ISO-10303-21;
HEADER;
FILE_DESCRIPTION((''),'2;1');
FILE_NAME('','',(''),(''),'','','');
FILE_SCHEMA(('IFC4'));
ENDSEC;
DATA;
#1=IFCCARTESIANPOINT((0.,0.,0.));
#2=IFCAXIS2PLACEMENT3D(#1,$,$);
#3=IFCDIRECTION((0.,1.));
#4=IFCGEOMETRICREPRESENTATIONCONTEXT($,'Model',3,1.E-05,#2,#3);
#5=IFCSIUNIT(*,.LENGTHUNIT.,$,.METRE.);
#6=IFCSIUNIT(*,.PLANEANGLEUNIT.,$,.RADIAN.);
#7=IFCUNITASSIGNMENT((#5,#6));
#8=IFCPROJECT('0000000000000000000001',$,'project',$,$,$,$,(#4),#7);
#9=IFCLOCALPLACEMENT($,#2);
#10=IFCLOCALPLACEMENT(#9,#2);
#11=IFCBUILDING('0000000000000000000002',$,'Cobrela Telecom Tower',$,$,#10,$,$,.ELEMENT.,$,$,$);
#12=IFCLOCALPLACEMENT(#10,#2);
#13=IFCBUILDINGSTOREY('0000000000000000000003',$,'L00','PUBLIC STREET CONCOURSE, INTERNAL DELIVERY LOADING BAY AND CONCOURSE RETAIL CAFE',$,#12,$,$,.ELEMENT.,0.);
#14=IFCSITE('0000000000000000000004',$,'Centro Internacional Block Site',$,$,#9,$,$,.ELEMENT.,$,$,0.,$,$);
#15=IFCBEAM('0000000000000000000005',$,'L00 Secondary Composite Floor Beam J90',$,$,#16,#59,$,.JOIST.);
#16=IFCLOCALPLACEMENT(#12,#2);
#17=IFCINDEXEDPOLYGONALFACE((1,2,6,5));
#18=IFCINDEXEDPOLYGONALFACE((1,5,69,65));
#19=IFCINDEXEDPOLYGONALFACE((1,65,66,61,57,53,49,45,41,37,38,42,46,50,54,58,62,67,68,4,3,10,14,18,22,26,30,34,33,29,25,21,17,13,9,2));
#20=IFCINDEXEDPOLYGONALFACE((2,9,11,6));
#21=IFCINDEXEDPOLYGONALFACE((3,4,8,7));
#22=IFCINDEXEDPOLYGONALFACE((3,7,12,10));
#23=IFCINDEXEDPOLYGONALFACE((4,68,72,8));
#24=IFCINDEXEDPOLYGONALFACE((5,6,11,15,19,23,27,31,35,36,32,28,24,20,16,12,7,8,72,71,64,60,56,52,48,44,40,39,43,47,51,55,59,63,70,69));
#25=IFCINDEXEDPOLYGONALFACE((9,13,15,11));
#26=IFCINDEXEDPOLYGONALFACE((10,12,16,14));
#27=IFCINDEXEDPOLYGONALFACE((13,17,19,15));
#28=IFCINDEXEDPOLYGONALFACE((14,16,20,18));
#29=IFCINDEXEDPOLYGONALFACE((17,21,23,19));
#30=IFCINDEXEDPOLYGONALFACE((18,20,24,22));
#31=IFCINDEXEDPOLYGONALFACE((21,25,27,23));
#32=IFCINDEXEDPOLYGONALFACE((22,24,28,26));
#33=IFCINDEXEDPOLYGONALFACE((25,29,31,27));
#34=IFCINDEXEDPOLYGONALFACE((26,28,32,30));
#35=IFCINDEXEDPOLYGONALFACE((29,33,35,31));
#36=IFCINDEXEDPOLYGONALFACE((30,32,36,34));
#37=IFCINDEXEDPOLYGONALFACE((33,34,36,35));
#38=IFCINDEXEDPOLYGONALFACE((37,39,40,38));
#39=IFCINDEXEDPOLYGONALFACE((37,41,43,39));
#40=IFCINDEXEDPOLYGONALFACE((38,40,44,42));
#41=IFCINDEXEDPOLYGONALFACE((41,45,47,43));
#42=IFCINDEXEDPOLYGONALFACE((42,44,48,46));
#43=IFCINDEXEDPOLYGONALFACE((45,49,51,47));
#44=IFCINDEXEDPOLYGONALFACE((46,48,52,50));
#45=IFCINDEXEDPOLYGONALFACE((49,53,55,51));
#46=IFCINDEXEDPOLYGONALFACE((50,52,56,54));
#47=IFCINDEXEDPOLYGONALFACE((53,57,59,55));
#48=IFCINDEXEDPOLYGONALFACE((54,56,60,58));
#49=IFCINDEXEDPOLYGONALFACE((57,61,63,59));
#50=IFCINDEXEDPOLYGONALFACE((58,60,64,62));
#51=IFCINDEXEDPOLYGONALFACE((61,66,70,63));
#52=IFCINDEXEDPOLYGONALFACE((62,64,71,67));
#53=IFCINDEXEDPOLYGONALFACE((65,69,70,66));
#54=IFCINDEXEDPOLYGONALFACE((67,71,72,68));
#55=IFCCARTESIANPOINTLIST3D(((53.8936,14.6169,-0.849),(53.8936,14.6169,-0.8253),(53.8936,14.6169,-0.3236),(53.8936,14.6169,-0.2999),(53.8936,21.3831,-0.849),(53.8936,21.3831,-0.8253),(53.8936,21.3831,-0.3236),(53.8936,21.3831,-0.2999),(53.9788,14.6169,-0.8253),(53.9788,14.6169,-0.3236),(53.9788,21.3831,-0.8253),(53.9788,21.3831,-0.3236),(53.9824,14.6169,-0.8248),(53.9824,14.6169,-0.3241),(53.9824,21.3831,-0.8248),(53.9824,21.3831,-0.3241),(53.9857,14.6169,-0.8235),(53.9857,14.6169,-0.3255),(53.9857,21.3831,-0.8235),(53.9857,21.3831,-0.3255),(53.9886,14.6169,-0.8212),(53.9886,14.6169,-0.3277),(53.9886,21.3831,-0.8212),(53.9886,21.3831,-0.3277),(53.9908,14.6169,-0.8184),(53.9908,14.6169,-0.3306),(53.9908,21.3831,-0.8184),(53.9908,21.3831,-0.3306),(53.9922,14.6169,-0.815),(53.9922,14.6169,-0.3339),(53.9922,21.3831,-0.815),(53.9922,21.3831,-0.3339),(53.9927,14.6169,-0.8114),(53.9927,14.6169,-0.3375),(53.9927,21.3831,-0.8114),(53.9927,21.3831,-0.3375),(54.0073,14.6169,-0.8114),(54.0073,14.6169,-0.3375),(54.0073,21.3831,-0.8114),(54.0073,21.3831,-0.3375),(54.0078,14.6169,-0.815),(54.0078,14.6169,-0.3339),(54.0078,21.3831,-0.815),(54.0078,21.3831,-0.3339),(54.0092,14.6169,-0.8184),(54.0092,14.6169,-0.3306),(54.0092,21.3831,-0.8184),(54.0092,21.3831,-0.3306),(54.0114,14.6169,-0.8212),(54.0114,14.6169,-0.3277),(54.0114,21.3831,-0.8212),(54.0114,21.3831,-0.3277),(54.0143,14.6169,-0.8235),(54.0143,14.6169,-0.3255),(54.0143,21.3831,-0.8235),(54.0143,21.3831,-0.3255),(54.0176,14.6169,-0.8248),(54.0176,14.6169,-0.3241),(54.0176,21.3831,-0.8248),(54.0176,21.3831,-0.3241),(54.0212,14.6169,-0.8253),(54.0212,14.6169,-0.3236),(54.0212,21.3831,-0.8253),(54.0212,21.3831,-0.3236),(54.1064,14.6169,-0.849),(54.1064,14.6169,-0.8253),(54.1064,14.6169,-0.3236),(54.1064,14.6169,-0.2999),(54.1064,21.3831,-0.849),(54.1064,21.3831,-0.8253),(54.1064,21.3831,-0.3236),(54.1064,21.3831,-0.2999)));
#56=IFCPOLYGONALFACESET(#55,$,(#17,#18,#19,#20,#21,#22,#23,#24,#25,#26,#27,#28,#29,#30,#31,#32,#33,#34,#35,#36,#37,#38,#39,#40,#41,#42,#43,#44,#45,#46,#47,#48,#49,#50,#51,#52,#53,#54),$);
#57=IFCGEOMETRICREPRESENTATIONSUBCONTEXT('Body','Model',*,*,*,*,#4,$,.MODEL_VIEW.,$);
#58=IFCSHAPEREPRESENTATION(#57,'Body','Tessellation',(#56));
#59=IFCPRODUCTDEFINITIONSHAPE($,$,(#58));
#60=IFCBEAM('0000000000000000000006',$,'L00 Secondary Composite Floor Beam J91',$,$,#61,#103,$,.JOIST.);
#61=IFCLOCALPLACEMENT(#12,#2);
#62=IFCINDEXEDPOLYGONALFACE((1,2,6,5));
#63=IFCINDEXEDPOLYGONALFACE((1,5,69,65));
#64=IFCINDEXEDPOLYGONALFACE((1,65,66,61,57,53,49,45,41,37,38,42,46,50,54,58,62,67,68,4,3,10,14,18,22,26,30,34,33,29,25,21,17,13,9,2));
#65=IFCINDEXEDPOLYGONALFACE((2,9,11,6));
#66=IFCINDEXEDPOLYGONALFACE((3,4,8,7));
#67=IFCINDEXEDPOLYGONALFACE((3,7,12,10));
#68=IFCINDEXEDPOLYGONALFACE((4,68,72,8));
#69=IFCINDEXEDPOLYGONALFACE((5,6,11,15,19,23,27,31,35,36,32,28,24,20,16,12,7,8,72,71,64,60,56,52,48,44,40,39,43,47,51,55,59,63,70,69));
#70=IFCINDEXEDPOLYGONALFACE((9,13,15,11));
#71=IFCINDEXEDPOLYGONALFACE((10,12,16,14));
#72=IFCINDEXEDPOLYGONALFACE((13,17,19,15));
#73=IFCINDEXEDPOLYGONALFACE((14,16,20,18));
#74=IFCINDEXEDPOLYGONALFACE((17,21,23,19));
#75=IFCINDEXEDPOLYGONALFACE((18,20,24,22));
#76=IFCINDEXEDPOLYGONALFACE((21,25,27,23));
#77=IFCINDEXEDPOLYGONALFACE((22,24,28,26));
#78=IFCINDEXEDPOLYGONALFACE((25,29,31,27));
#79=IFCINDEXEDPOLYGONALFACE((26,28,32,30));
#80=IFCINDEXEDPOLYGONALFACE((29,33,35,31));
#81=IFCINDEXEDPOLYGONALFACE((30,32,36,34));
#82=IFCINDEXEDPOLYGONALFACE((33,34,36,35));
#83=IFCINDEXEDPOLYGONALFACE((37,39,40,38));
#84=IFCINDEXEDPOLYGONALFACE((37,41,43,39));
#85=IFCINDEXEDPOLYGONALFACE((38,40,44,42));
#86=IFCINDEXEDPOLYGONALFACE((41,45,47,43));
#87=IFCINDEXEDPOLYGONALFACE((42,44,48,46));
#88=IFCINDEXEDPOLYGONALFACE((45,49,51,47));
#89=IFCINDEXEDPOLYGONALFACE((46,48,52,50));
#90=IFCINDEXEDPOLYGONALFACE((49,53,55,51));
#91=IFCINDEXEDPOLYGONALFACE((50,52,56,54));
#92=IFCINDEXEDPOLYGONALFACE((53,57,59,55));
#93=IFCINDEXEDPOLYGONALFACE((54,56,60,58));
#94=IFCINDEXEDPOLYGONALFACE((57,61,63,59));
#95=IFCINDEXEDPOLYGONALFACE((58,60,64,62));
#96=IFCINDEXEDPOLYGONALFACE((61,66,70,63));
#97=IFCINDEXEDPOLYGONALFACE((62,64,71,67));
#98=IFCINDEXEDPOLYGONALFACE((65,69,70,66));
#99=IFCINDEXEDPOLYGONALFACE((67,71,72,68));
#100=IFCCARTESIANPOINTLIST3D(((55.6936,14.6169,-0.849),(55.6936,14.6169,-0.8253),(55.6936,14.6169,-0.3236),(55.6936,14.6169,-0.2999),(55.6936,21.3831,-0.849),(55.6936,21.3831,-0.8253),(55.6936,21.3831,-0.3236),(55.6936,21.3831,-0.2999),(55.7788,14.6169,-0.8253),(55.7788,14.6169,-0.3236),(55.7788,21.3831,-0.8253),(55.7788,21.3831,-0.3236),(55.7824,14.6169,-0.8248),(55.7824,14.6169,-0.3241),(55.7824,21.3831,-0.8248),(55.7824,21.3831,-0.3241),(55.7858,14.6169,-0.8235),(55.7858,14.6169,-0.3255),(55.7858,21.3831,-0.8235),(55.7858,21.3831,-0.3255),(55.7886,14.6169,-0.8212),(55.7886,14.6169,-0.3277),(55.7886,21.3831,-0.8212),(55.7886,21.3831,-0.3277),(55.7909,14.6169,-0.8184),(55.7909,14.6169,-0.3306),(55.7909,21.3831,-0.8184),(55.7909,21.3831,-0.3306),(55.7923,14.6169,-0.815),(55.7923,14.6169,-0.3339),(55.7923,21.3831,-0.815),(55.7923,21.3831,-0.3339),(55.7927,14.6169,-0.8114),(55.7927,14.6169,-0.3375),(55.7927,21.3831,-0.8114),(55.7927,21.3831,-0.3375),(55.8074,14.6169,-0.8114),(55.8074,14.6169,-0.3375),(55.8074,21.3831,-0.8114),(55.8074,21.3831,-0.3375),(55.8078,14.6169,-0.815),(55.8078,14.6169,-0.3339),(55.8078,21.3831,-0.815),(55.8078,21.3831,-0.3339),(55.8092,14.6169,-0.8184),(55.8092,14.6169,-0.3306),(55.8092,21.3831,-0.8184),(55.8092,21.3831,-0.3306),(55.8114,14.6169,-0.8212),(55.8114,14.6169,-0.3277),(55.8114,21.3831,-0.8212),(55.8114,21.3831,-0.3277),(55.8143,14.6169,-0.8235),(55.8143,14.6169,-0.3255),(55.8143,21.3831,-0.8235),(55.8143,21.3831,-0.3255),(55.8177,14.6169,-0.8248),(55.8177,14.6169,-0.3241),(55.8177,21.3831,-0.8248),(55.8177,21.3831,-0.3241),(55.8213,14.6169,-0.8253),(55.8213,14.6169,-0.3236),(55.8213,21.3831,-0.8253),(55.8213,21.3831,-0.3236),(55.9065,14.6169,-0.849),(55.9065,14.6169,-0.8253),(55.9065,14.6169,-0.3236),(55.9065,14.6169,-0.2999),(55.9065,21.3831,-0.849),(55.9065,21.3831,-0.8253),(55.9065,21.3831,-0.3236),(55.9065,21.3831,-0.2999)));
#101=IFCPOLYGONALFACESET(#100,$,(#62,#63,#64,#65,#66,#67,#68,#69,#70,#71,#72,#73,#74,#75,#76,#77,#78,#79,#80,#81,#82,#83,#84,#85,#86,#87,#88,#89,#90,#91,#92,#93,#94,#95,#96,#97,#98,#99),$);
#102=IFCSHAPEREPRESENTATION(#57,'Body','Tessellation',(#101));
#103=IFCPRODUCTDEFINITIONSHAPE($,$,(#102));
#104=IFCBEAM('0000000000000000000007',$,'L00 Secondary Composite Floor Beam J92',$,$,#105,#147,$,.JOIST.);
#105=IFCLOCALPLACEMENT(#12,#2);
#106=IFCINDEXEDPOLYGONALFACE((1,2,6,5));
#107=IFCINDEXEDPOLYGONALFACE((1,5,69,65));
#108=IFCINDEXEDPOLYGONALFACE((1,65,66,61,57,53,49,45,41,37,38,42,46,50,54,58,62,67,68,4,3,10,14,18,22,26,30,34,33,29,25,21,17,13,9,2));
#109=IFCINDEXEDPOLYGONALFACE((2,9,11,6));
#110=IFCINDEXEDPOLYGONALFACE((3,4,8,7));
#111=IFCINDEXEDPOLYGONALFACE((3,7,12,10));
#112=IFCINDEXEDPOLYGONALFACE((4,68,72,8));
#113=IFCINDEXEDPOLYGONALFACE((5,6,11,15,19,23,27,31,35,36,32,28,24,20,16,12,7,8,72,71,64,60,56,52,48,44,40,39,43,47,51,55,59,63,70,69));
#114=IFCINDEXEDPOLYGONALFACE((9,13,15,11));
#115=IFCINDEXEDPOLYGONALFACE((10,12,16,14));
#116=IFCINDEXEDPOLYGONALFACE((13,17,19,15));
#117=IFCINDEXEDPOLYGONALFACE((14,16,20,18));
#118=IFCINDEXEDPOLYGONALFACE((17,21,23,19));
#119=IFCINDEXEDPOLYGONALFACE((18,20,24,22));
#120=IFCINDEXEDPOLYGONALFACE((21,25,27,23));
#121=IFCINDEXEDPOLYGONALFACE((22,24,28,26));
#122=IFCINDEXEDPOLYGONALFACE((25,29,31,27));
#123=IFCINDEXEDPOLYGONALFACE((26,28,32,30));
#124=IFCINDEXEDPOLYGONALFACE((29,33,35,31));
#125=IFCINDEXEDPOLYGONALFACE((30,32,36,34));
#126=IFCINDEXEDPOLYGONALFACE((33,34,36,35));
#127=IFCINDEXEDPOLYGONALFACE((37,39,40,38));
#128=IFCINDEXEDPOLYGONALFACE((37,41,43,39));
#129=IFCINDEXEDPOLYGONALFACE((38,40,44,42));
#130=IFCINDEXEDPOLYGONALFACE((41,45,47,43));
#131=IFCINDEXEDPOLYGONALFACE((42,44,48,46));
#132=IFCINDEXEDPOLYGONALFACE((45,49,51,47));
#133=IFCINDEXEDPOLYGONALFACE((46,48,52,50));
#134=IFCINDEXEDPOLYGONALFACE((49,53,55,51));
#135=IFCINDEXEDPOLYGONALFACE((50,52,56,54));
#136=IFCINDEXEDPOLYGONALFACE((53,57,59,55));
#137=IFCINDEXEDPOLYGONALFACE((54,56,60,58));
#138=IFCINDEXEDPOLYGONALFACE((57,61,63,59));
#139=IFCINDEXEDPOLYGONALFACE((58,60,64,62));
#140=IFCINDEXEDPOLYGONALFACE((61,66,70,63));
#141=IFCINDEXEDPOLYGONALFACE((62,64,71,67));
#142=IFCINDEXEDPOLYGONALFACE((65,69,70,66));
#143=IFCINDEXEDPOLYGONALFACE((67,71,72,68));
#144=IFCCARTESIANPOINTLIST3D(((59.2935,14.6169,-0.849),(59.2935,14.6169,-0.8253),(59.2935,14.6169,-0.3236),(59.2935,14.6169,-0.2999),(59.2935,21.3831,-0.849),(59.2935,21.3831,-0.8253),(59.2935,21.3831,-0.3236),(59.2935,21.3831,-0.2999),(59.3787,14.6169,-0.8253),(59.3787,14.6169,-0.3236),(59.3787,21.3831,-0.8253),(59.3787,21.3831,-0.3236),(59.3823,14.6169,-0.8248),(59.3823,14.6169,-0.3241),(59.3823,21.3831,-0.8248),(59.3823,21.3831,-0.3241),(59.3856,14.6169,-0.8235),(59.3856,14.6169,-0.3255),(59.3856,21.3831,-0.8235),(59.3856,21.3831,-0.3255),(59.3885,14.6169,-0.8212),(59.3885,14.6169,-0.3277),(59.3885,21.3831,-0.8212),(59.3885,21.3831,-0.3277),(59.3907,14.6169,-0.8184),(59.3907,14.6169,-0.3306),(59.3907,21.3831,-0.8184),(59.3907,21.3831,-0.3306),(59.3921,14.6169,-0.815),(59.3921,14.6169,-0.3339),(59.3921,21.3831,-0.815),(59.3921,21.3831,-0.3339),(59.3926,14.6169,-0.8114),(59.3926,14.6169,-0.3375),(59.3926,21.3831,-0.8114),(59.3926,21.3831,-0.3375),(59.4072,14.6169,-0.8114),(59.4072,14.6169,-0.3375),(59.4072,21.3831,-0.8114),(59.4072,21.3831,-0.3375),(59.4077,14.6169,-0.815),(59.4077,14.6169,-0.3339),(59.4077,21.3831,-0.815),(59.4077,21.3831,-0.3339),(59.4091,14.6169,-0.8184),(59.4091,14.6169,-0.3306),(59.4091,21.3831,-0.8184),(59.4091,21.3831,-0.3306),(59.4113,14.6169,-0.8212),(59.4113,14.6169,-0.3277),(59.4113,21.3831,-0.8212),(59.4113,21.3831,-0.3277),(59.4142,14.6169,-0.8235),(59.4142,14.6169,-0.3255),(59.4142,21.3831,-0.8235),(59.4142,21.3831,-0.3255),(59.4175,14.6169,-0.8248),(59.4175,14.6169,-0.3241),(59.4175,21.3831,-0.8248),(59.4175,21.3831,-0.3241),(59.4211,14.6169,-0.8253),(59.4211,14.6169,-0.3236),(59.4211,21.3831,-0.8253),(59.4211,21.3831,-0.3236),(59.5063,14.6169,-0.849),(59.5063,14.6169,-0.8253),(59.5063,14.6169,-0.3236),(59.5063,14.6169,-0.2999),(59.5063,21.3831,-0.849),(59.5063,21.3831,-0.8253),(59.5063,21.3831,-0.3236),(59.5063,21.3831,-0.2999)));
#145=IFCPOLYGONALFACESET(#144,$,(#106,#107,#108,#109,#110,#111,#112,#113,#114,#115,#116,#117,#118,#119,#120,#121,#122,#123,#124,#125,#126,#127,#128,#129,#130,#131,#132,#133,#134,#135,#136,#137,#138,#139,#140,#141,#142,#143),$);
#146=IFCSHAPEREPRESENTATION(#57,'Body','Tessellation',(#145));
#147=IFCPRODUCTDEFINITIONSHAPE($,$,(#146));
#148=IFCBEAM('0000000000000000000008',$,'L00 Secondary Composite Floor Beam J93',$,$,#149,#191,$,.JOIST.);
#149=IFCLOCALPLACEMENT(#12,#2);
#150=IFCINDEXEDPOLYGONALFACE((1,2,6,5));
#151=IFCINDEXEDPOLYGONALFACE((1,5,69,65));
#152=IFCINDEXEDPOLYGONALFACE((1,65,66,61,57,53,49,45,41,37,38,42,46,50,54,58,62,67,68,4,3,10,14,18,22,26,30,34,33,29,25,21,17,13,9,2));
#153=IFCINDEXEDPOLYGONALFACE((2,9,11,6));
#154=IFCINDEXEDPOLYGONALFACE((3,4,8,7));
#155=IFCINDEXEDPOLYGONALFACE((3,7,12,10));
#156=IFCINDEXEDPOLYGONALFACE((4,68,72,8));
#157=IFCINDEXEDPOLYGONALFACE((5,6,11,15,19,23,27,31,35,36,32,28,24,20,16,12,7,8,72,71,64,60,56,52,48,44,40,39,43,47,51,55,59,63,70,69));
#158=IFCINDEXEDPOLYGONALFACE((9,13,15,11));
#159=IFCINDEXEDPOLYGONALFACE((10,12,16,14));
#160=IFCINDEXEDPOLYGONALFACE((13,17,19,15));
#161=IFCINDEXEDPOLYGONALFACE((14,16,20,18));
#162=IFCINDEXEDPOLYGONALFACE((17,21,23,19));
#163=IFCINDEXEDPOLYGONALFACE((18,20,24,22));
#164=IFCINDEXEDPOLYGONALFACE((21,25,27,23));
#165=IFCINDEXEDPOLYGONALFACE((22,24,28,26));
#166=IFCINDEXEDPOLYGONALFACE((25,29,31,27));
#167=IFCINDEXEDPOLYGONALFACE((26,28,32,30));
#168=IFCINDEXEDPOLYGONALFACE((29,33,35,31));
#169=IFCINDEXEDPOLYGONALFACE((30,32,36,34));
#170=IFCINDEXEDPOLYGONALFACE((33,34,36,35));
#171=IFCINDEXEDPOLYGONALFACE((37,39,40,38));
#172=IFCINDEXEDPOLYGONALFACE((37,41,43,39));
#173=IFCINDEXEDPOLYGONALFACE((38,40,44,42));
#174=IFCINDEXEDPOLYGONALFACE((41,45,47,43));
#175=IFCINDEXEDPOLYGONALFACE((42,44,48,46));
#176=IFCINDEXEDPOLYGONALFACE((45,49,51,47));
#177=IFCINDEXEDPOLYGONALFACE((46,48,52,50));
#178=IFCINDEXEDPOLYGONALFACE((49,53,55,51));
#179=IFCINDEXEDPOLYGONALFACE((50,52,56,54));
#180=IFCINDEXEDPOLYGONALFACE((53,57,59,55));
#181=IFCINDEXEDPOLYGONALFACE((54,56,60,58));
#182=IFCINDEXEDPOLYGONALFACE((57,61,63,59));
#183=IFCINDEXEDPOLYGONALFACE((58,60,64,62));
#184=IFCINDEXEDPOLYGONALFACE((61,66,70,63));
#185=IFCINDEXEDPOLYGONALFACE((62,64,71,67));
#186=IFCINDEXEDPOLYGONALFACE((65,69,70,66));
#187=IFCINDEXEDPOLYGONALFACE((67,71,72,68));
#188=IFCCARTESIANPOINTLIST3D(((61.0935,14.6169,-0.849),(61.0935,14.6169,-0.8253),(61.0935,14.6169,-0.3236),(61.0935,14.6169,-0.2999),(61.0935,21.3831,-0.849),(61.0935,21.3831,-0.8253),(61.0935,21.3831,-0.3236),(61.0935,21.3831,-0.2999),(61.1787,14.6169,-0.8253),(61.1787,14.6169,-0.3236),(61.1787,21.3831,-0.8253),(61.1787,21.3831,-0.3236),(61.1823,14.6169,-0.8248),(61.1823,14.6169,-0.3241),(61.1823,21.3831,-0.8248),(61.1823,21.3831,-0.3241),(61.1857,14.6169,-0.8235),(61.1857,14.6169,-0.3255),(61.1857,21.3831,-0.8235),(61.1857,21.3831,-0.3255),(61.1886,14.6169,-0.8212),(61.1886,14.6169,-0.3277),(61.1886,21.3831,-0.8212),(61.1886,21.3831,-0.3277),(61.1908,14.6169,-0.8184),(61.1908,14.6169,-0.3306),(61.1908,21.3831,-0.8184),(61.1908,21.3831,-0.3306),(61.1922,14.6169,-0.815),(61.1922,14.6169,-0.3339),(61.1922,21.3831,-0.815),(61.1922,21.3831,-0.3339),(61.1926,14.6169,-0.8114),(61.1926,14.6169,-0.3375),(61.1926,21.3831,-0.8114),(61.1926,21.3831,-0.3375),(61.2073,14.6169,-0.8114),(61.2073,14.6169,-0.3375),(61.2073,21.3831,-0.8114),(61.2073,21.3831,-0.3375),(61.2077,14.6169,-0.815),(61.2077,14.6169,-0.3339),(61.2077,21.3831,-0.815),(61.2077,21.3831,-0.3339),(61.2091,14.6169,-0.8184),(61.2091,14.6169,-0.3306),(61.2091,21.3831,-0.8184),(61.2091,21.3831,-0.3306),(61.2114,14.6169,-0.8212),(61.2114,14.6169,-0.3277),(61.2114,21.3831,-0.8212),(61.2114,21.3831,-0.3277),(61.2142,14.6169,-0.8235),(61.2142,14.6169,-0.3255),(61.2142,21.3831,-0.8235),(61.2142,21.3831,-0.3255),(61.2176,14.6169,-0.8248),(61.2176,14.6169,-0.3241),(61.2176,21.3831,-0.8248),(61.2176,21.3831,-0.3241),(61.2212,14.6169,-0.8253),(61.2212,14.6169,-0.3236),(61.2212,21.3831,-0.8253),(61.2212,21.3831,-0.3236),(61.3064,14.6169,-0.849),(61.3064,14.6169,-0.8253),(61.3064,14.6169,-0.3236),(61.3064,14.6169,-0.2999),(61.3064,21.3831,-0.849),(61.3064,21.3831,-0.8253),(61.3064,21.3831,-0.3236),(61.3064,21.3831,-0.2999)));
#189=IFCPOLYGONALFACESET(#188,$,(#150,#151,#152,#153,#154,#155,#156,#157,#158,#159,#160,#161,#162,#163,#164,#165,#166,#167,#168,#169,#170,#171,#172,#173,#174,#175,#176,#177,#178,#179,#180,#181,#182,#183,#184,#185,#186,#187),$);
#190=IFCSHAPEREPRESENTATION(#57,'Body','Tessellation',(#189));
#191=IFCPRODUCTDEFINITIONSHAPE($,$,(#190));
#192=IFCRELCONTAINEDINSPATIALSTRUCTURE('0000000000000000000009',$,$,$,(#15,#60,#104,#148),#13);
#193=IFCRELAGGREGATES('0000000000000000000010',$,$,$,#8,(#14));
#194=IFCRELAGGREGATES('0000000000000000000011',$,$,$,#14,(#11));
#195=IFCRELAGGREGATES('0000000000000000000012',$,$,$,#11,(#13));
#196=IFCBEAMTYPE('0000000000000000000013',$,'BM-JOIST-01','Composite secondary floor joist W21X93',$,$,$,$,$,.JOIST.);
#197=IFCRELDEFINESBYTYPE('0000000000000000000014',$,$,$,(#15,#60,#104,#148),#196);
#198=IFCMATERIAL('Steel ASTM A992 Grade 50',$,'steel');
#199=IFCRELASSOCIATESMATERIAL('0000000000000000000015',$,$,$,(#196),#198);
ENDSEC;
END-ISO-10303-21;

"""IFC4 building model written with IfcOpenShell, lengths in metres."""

from ifc_helpers import new_model, si_unit, direction, frame, origin, origin_2d, place, context, subcontext, project, spatial, i_section, extrude, material, material_profile, profile_set, type_object, element, save


model = new_model("IFC4")

# Units and contexts
model_context = context("Model", 3, precision=1e-05, world=origin(), true_north=direction((0.0, 1.0)))
body_context = subcontext(model_context, "Body", "Model", "MODEL_VIEW")
ifc_project = project(units=[si_unit("LENGTHUNIT", "METRE"), si_unit("PLANEANGLEUNIT", "RADIAN")], contexts=[model_context])

# Site, building, storey
site_placement = place(None, origin())
site = spatial("IfcSite", under=ifc_project, at=site_placement, Name="Centro Internacional Block Site", CompositionType="ELEMENT", RefElevation=0.0)
building_placement = place(site_placement, origin())
building = spatial("IfcBuilding", under=site, at=building_placement, Name="Cobrela Telecom Tower", CompositionType="ELEMENT")
storey_placement = place(building_placement, origin())
storey = spatial("IfcBuildingStorey", under=building, at=storey_placement, Name="L00", Description="PUBLIC STREET CONCOURSE, INTERNAL DELIVERY LOADING BAY AND CONCOURSE RETAIL CAFE", CompositionType="ELEMENT", Elevation=0.0)

# Beams
ifc_material_1 = material(Name="Steel ASTM A992 Grade 50", Category="steel")
ifc_material_profile_1 = material_profile(ifc_material_1, i_section(OverallWidth=0.2129, OverallDepth=0.5491, WebThickness=0.0146, FlangeThickness=0.0237, FilletRadius=0.0139, at=origin_2d()), Name="W21X93")
ifc_profile_set_1 = profile_set([ifc_material_profile_1], Name="Steel ASTM A992 Grade 50")
beam_type_1 = type_object("IfcBeamType", Name="BM-JOIST-01", Description="Composite secondary floor joist W21X93", PredefinedType="JOIST", material=ifc_profile_set_1)
for number, where, z_axis, x_axis, name in (
    (1, (54.0, 14.6169, -0.5745), (0.0, 1.0, 0.0), (-1.0, 0.0, 0.0), "L00 Secondary Composite Floor Beam J90"),
    (2, (55.8, 14.6169, -0.5745), (0.0, 1.0, 0.0), (-1.0, 0.0, 0.0), "L00 Secondary Composite Floor Beam J91"),
    (3, (59.3999, 14.6169, -0.5745), (0.0, 1.0, 0.0), (-1.0, 0.0, 0.0), "L00 Secondary Composite Floor Beam J92"),
    (4, (61.2, 14.6169, -0.5745), (0.0, 1.0, 0.0), (-1.0, 0.0, 0.0), "L00 Secondary Composite Floor Beam J93"),
):
    element("IfcBeam", number, at=place(storey_placement, frame(where, z_axis=z_axis, x_axis=x_axis)), inside=storey, type_object=beam_type_1, Name=name, PredefinedType="JOIST", context=body_context, shape_type="SweptSolid", body=[
        extrude(i_section(OverallWidth=0.2129, OverallDepth=0.5491, WebThickness=0.0146, FlangeThickness=0.0237, FilletRadius=0.0139, at=origin_2d()), origin(), (0.0, 0.0, 1.0), 6.7661),
    ])

save(model, "model.ifc")
